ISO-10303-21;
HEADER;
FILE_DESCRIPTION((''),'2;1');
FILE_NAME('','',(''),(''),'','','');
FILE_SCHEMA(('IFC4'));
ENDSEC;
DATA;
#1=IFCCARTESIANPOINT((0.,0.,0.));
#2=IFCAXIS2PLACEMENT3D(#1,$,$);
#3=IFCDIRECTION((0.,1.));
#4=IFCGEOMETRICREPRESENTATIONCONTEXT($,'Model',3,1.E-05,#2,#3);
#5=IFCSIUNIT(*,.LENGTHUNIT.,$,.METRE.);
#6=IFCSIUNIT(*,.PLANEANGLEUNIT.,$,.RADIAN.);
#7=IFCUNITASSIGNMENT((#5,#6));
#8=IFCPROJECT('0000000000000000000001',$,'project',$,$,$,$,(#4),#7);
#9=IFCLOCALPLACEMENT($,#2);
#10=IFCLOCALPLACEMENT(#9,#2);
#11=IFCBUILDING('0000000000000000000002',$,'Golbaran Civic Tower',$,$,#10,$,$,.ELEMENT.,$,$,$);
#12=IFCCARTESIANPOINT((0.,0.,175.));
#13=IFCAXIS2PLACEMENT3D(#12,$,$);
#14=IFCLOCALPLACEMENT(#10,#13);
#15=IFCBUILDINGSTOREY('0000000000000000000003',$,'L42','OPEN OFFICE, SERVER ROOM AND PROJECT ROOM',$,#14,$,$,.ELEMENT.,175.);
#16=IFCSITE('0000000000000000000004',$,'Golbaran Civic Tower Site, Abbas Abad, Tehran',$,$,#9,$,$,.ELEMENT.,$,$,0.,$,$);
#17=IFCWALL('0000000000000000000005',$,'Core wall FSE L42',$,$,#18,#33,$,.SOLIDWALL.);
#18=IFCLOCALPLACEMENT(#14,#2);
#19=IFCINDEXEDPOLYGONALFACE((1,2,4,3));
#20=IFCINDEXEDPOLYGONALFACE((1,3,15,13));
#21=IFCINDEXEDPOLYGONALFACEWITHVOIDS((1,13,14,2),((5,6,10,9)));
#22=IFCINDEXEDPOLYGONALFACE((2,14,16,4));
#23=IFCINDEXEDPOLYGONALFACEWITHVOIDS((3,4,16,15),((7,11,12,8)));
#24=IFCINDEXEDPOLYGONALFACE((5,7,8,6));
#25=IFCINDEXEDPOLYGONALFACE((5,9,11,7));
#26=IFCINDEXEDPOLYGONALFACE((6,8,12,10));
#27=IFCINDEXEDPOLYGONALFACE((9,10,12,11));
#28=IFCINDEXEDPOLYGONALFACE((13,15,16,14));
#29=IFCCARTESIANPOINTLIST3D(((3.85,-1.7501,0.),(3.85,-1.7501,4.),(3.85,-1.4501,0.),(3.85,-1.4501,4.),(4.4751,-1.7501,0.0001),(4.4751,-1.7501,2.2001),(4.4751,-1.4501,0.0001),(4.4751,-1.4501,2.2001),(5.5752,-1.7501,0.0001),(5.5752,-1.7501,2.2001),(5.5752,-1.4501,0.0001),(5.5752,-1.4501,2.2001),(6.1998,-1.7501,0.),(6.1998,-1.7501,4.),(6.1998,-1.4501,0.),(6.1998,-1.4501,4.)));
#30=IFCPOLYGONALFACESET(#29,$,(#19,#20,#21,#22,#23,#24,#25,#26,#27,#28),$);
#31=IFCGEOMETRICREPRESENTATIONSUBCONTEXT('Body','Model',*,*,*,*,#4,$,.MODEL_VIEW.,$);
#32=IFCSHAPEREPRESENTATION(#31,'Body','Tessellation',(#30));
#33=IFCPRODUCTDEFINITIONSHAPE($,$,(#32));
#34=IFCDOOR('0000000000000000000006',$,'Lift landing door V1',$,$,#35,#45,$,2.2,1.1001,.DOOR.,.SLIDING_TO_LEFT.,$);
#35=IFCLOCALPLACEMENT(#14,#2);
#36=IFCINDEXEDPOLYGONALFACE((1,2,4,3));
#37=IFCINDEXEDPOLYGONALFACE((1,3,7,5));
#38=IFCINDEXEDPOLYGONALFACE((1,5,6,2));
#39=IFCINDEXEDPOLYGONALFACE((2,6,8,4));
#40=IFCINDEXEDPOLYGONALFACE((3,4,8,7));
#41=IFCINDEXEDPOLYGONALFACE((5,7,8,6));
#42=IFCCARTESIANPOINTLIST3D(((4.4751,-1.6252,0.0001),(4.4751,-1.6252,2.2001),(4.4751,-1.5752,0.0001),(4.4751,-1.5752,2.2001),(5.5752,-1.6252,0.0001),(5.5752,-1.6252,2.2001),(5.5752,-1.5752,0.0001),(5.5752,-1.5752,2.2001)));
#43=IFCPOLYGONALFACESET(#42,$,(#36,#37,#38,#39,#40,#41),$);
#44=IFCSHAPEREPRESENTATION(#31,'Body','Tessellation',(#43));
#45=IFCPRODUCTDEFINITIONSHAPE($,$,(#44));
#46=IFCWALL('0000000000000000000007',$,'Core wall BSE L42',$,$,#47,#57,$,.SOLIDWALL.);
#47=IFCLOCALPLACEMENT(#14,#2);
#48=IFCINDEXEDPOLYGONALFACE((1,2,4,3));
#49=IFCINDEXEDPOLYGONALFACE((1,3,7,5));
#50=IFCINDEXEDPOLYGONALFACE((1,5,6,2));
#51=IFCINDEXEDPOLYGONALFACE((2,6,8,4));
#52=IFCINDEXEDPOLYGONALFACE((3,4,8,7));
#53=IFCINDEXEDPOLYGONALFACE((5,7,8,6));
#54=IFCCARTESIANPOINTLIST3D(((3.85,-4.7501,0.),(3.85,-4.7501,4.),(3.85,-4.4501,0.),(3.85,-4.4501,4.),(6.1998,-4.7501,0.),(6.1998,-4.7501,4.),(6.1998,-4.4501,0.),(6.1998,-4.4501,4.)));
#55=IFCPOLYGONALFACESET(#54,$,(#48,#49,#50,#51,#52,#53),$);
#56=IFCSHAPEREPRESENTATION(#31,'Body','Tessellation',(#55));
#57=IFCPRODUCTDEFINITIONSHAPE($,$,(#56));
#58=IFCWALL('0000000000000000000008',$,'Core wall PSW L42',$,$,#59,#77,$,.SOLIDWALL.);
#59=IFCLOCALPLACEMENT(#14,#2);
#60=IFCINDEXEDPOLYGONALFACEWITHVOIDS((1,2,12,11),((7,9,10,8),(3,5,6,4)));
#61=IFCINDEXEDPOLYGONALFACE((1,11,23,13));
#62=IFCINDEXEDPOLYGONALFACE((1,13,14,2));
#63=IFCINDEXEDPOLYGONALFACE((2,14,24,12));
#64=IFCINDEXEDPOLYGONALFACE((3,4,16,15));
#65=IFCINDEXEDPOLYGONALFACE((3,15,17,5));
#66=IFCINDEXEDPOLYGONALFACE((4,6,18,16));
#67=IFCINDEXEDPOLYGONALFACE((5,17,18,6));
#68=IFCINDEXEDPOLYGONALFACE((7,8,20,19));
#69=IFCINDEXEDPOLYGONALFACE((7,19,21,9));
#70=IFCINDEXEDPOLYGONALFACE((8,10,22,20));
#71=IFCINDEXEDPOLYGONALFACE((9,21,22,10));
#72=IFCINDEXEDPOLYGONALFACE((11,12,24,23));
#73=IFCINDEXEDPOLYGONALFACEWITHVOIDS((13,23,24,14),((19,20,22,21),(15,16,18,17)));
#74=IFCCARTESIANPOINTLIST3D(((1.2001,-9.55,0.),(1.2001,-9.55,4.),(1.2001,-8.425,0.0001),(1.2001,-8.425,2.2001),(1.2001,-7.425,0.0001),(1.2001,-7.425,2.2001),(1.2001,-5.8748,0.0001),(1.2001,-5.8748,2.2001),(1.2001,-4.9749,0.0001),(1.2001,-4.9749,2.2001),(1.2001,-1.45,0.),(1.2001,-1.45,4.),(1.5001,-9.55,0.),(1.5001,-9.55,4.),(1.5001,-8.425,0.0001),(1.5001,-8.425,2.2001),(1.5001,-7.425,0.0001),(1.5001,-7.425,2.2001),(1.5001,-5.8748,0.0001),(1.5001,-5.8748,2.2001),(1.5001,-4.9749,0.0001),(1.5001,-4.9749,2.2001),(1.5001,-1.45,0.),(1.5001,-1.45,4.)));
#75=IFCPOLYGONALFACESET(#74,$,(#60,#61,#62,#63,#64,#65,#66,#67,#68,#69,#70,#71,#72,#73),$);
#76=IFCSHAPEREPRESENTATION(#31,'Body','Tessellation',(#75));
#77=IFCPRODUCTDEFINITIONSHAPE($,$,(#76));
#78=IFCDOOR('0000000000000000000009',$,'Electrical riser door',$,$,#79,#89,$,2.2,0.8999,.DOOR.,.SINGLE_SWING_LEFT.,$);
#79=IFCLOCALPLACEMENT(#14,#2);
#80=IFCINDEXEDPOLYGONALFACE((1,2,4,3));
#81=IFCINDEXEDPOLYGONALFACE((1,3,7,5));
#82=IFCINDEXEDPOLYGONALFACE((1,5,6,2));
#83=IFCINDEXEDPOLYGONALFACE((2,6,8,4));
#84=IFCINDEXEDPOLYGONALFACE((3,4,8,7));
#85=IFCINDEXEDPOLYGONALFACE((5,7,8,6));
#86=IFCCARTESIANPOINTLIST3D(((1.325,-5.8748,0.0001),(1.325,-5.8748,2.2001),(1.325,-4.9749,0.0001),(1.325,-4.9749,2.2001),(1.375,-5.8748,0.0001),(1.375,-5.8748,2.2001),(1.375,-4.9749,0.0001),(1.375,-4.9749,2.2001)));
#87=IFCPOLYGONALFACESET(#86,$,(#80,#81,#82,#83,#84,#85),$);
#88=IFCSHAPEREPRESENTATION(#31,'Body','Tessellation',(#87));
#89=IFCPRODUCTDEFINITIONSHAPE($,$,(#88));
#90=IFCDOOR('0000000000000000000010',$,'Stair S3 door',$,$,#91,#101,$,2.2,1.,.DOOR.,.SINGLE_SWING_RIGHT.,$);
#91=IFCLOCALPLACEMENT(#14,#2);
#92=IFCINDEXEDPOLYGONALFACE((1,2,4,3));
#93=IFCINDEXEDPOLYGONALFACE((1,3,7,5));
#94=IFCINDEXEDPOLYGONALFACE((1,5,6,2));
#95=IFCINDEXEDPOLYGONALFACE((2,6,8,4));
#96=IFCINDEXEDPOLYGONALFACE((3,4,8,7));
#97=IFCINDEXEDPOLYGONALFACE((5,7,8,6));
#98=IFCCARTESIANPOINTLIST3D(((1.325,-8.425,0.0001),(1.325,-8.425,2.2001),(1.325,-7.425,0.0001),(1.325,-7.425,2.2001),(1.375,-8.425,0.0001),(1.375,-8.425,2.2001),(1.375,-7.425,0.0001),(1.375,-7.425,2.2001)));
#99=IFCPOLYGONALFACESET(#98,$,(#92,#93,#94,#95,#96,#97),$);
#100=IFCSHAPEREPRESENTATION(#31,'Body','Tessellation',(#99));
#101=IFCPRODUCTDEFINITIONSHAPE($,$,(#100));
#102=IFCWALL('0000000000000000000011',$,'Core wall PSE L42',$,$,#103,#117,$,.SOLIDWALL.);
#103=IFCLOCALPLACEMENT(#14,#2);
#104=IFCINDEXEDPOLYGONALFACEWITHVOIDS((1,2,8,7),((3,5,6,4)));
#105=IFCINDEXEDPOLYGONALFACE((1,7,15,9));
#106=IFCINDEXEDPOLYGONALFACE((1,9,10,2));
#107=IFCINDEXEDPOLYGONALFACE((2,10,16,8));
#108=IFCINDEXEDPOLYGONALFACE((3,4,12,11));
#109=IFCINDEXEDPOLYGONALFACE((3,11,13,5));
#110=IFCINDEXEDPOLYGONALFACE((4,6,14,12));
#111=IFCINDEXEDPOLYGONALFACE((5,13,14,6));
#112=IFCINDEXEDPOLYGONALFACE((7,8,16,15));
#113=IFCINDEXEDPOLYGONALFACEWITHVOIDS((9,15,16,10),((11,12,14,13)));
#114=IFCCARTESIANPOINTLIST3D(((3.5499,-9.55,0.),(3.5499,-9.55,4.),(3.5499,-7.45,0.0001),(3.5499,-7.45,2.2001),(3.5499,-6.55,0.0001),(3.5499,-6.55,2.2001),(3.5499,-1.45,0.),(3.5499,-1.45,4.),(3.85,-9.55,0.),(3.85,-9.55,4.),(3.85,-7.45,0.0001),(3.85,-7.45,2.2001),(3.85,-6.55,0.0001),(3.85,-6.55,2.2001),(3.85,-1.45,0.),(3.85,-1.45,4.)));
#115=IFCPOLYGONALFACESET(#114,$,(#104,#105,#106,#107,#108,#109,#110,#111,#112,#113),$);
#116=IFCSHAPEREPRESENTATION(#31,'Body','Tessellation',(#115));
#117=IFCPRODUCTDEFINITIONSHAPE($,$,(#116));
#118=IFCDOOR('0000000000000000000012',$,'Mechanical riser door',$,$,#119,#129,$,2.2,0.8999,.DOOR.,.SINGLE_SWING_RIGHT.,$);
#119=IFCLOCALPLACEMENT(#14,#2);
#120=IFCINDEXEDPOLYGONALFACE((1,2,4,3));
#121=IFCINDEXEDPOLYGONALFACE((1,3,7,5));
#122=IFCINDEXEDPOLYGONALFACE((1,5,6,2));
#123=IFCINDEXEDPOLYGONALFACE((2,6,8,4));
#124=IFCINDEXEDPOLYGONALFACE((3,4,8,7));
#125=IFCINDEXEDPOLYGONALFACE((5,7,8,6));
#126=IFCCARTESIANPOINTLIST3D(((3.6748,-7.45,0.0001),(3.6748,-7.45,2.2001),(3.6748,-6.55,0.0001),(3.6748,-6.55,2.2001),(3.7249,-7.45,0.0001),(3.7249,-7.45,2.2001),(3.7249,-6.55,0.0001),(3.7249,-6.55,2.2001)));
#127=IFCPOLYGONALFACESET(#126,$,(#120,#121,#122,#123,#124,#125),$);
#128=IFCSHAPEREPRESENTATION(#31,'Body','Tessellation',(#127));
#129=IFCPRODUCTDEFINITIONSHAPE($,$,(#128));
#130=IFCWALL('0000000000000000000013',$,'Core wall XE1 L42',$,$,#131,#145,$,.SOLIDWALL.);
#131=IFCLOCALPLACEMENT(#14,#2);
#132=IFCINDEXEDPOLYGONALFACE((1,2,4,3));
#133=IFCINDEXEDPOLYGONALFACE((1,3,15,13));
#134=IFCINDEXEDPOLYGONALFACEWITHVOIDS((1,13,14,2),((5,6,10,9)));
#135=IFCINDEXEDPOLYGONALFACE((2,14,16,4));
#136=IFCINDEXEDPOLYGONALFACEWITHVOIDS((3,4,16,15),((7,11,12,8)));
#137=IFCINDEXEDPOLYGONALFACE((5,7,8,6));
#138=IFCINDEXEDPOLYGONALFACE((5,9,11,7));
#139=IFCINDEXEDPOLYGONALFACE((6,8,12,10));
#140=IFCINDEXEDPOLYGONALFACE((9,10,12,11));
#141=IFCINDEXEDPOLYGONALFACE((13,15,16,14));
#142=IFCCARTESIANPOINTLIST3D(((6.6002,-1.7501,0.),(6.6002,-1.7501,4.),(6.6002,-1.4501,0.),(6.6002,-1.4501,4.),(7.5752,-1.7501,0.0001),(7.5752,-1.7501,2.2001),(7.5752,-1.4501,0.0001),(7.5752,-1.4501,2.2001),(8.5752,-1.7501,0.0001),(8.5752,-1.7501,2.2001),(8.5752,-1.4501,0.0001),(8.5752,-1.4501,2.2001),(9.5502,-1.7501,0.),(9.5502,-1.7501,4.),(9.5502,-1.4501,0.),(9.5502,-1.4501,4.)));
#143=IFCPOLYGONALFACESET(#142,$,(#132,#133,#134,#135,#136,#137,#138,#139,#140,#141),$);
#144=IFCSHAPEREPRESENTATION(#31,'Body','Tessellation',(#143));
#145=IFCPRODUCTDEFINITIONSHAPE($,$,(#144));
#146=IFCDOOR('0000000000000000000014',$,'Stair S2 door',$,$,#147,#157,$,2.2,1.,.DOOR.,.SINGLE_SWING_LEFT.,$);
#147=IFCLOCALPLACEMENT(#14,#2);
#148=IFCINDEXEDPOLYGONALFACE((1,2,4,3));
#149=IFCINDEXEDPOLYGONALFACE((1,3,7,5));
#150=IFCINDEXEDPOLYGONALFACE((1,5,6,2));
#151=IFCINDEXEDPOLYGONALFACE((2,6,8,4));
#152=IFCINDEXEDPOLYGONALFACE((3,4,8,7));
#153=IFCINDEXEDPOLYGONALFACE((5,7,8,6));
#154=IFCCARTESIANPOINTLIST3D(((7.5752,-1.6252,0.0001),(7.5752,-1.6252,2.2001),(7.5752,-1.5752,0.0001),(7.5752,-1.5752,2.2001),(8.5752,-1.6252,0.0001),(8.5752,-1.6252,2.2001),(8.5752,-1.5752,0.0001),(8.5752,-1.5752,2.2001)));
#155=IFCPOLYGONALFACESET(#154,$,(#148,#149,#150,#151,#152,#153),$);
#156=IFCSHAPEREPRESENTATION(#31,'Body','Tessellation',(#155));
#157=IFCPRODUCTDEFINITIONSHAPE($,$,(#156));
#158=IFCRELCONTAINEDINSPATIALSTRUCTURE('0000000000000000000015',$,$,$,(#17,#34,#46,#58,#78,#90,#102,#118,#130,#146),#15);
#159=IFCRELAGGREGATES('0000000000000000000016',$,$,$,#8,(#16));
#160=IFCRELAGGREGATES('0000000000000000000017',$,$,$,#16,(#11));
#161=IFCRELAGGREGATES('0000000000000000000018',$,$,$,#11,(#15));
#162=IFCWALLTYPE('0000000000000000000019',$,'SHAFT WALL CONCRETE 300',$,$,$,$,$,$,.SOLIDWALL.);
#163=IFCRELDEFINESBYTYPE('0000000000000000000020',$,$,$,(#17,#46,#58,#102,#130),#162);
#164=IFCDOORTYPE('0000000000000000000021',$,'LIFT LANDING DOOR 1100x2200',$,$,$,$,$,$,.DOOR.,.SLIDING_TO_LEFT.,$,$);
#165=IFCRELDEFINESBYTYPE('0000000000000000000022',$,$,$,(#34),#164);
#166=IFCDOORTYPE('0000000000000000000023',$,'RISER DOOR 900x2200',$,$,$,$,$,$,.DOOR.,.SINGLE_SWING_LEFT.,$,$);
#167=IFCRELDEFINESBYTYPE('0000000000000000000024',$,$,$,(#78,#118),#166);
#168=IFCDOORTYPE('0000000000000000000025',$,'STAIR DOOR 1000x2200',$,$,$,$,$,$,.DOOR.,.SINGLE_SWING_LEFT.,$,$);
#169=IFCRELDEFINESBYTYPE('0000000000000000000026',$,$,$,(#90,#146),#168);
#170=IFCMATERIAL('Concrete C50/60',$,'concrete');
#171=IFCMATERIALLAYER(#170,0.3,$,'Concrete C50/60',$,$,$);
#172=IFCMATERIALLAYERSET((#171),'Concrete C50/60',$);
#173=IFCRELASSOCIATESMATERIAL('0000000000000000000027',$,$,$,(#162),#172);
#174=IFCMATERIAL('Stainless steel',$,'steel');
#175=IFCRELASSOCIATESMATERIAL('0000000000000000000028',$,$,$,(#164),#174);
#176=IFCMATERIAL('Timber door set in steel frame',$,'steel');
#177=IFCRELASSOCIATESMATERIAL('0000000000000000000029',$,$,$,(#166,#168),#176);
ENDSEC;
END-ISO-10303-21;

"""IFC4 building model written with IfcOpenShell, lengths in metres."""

from ifc_helpers import new_model, si_unit, direction, frame, frame_2d, origin, place, context, subcontext, project, spatial, rectangle, extrude, material, layer, layer_set, type_object, element, fill, save


model = new_model("IFC4")

# Units and contexts
model_context = context("Model", 3, precision=1e-05, world=origin(), true_north=direction((0.0, 1.0)))
body_context = subcontext(model_context, "Body", "Model", "MODEL_VIEW")
ifc_project = project(units=[si_unit("LENGTHUNIT", "METRE"), si_unit("PLANEANGLEUNIT", "RADIAN")], contexts=[model_context])

# Site, building, storey
site_placement = place(None, origin())
site = spatial("IfcSite", under=ifc_project, at=site_placement, Name="Golbaran Civic Tower Site, Abbas Abad, Tehran", CompositionType="ELEMENT", RefElevation=0.0)
building_placement = place(site_placement, origin())
building = spatial("IfcBuilding", under=site, at=building_placement, Name="Golbaran Civic Tower", CompositionType="ELEMENT")
storey_placement = place(building_placement, frame((0.0, 0.0, 175.0)))
storey = spatial("IfcBuildingStorey", under=building, at=storey_placement, Name="L42", Description="OPEN OFFICE, SERVER ROOM AND PROJECT ROOM", CompositionType="ELEMENT", Elevation=175.0)

# Shared definitions
ifc_material_1 = material(Name="Timber door set in steel frame", Category="steel")

# Wall, opening, door
ifc_material_2 = material(Name="Concrete C50/60", Category="concrete")
ifc_layer_1 = layer(ifc_material_2, 0.3, Name="Concrete C50/60")
ifc_layer_set_1 = layer_set([ifc_layer_1], Name="Concrete C50/60")
wall_type_1 = type_object("IfcWallType", Name="SHAFT WALL CONCRETE 300", PredefinedType="SOLIDWALL", material=ifc_layer_set_1)
wall_1_placement = place(storey_placement, frame((3.8501, -1.6001, 0.0), z_axis=(0.0, 0.0, 1.0), x_axis=(1.0, 0.0, 0.0)))
wall_1 = element("IfcWall", 1, at=wall_1_placement, inside=storey, type_object=wall_type_1, Name="Core wall FSE L42", PredefinedType="SOLIDWALL", context=body_context, shape_type="SweptSolid", body=[
    extrude(rectangle(XDim=2.3499, YDim=0.3, at=frame_2d((1.1748, 0.0))), origin(), (0.0, 0.0, 1.0), 4.0),
])
opening_1_placement = place(wall_1_placement, frame((0.625, 0.0, 0.0)))
opening_1 = element("IfcOpeningElement", 2, at=opening_1_placement, cuts=wall_1, PredefinedType="OPENING", context=body_context, shape_type="SweptSolid", body=[
    extrude(rectangle(XDim=1.1001, YDim=2.2, at=frame_2d((0.55, 1.1001))), frame((0.0, 0.1599, 0.0), z_axis=(0.0, -1.0, 0.0), x_axis=(1.0, 0.0, 0.0)), (0.0, 0.0, 1.0), 0.3201),
])
ifc_material_3 = material(Name="Stainless steel", Category="steel")
door_type_1 = type_object("IfcDoorType", Name="LIFT LANDING DOOR 1100x2200", OperationType="SLIDING_TO_LEFT", PredefinedType="DOOR", material=ifc_material_3)
door_1_placement = place(opening_1_placement, origin())
door_1 = element("IfcDoor", 3, at=door_1_placement, inside=storey, type_object=door_type_1, Name="Lift landing door V1", OperationType="SLIDING_TO_LEFT", OverallHeight=2.2, OverallWidth=1.1001, PredefinedType="DOOR", context=body_context, shape_type="SweptSolid", body=[
    extrude(rectangle(XDim=1.1001, YDim=2.2, at=frame_2d((0.55, 1.1001))), frame((0.0, 0.0249, 0.0), z_axis=(0.0, -1.0, 0.0), x_axis=(1.0, 0.0, 0.0)), (0.0, 0.0, 1.0), 0.05),
])
fill(opening_1, door_1)

# Wall
wall_2_placement = place(storey_placement, frame((3.8501, -4.6001, 0.0), z_axis=(0.0, 0.0, 1.0), x_axis=(1.0, 0.0, 0.0)))
element("IfcWall", 4, at=wall_2_placement, inside=storey, type_object=wall_type_1, Name="Core wall BSE L42", PredefinedType="SOLIDWALL", context=body_context, shape_type="SweptSolid", body=[
    extrude(rectangle(XDim=2.3499, YDim=0.3, at=frame_2d((1.1748, 0.0))), origin(), (0.0, 0.0, 1.0), 4.0),
])

# Wall, openings, doors
wall_3_placement = place(storey_placement, frame((1.3501, -1.45, 0.0), z_axis=(0.0, 0.0, 1.0), x_axis=(0.0, -1.0, 0.0)))
wall_3 = element("IfcWall", 5, at=wall_3_placement, inside=storey, type_object=wall_type_1, Name="Core wall PSW L42", PredefinedType="SOLIDWALL", context=body_context, shape_type="SweptSolid", body=[
    extrude(rectangle(XDim=8.1001, YDim=0.3, at=frame_2d((4.05, 0.0))), origin(), (0.0, 0.0, 1.0), 4.0),
])
opening_2_placement = place(wall_3_placement, frame((5.9751, 0.0, 0.0)))
opening_2 = element("IfcOpeningElement", 6, at=opening_2_placement, cuts=wall_3, PredefinedType="OPENING", context=body_context, shape_type="SweptSolid", body=[
    extrude(rectangle(XDim=1.0, YDim=2.2, at=frame_2d((0.5, 1.1001))), frame((0.0, 0.1599, 0.0), z_axis=(0.0, -1.0, 0.0), x_axis=(1.0, 0.0, 0.0)), (0.0, 0.0, 1.0), 0.3201),
])
opening_3_placement = place(wall_3_placement, frame((3.5249, 0.0, 0.0)))
opening_3 = element("IfcOpeningElement", 7, at=opening_3_placement, cuts=wall_3, PredefinedType="OPENING", context=body_context, shape_type="SweptSolid", body=[
    extrude(rectangle(XDim=0.8999, YDim=2.2, at=frame_2d((0.45, 1.1001))), frame((0.0, 0.1599, 0.0), z_axis=(0.0, -1.0, 0.0), x_axis=(1.0, 0.0, 0.0)), (0.0, 0.0, 1.0), 0.3201),
])
door_type_2 = type_object("IfcDoorType", Name="RISER DOOR 900x2200", OperationType="SINGLE_SWING_LEFT", PredefinedType="DOOR", material=ifc_material_1)
door_2_placement = place(opening_3_placement, origin())
door_2 = element("IfcDoor", 8, at=door_2_placement, inside=storey, type_object=door_type_2, Name="Electrical riser door", OperationType="SINGLE_SWING_LEFT", OverallHeight=2.2, OverallWidth=0.8999, PredefinedType="DOOR", context=body_context, shape_type="SweptSolid", body=[
    extrude(rectangle(XDim=0.8999, YDim=2.2, at=frame_2d((0.45, 1.1001))), frame((0.0, 0.0249, 0.0), z_axis=(0.0, -1.0, 0.0), x_axis=(1.0, 0.0, 0.0)), (0.0, 0.0, 1.0), 0.05),
])
fill(opening_3, door_2)
door_type_3 = type_object("IfcDoorType", Name="STAIR DOOR 1000x2200", OperationType="SINGLE_SWING_LEFT", PredefinedType="DOOR", material=ifc_material_1)
door_3_placement = place(opening_2_placement, origin())
door_3 = element("IfcDoor", 9, at=door_3_placement, inside=storey, type_object=door_type_3, Name="Stair S3 door", OperationType="SINGLE_SWING_RIGHT", OverallHeight=2.2, OverallWidth=1.0, PredefinedType="DOOR", context=body_context, shape_type="SweptSolid", body=[
    extrude(rectangle(XDim=1.0, YDim=2.2, at=frame_2d((0.5, 1.1001))), frame((0.0, 0.0249, 0.0), z_axis=(0.0, -1.0, 0.0), x_axis=(1.0, 0.0, 0.0)), (0.0, 0.0, 1.0), 0.05),
])
fill(opening_2, door_3)

# Walls, openings, doors
wall_4_placement = place(storey_placement, frame((3.7, -1.45, 0.0), z_axis=(0.0, 0.0, 1.0), x_axis=(0.0, -1.0, 0.0)))
wall_4 = element("IfcWall", 10, at=wall_4_placement, inside=storey, type_object=wall_type_1, Name="Core wall PSE L42", PredefinedType="SOLIDWALL", context=body_context, shape_type="SweptSolid", body=[
    extrude(rectangle(XDim=8.1001, YDim=0.3, at=frame_2d((4.05, 0.0))), origin(), (0.0, 0.0, 1.0), 4.0),
])
opening_4_placement = place(wall_4_placement, frame((5.1001, 0.0, 0.0)))
opening_4 = element("IfcOpeningElement", 11, at=opening_4_placement, cuts=wall_4, PredefinedType="OPENING", context=body_context, shape_type="SweptSolid", body=[
    extrude(rectangle(XDim=0.8999, YDim=2.2, at=frame_2d((0.45, 1.1001))), frame((0.0, 0.1599, 0.0), z_axis=(0.0, -1.0, 0.0), x_axis=(1.0, 0.0, 0.0)), (0.0, 0.0, 1.0), 0.3201),
])
door_4_placement = place(opening_4_placement, origin())
door_4 = element("IfcDoor", 12, at=door_4_placement, inside=storey, type_object=door_type_2, Name="Mechanical riser door", OperationType="SINGLE_SWING_RIGHT", OverallHeight=2.2, OverallWidth=0.8999, PredefinedType="DOOR", context=body_context, shape_type="SweptSolid", body=[
    extrude(rectangle(XDim=0.8999, YDim=2.2, at=frame_2d((0.45, 1.1001))), frame((0.0, 0.0249, 0.0), z_axis=(0.0, -1.0, 0.0), x_axis=(1.0, 0.0, 0.0)), (0.0, 0.0, 1.0), 0.05),
])
fill(opening_4, door_4)
wall_5_placement = place(storey_placement, frame((6.6001, -1.6001, 0.0), z_axis=(0.0, 0.0, 1.0), x_axis=(1.0, 0.0, 0.0)))
wall_5 = element("IfcWall", 13, at=wall_5_placement, inside=storey, type_object=wall_type_1, Name="Core wall XE1 L42", PredefinedType="SOLIDWALL", context=body_context, shape_type="SweptSolid", body=[
    extrude(rectangle(XDim=2.95, YDim=0.3, at=frame_2d((1.4751, 0.0))), origin(), (0.0, 0.0, 1.0), 4.0),
])
opening_5_placement = place(wall_5_placement, frame((0.9751, 0.0, 0.0)))
opening_5 = element("IfcOpeningElement", 14, at=opening_5_placement, cuts=wall_5, PredefinedType="OPENING", context=body_context, shape_type="SweptSolid", body=[
    extrude(rectangle(XDim=1.0, YDim=2.2, at=frame_2d((0.5, 1.1001))), frame((0.0, 0.1599, 0.0), z_axis=(0.0, -1.0, 0.0), x_axis=(1.0, 0.0, 0.0)), (0.0, 0.0, 1.0), 0.3201),
])
door_5_placement = place(opening_5_placement, origin())
door_5 = element("IfcDoor", 15, at=door_5_placement, inside=storey, type_object=door_type_3, Name="Stair S2 door", OperationType="SINGLE_SWING_LEFT", OverallHeight=2.2, OverallWidth=1.0, PredefinedType="DOOR", context=body_context, shape_type="SweptSolid", body=[
    extrude(rectangle(XDim=1.0, YDim=2.2, at=frame_2d((0.5, 1.1001))), frame((0.0, 0.0249, 0.0), z_axis=(0.0, -1.0, 0.0), x_axis=(1.0, 0.0, 0.0)), (0.0, 0.0, 1.0), 0.05),
])
fill(opening_5, door_5)

save(model, "model.ifc")
